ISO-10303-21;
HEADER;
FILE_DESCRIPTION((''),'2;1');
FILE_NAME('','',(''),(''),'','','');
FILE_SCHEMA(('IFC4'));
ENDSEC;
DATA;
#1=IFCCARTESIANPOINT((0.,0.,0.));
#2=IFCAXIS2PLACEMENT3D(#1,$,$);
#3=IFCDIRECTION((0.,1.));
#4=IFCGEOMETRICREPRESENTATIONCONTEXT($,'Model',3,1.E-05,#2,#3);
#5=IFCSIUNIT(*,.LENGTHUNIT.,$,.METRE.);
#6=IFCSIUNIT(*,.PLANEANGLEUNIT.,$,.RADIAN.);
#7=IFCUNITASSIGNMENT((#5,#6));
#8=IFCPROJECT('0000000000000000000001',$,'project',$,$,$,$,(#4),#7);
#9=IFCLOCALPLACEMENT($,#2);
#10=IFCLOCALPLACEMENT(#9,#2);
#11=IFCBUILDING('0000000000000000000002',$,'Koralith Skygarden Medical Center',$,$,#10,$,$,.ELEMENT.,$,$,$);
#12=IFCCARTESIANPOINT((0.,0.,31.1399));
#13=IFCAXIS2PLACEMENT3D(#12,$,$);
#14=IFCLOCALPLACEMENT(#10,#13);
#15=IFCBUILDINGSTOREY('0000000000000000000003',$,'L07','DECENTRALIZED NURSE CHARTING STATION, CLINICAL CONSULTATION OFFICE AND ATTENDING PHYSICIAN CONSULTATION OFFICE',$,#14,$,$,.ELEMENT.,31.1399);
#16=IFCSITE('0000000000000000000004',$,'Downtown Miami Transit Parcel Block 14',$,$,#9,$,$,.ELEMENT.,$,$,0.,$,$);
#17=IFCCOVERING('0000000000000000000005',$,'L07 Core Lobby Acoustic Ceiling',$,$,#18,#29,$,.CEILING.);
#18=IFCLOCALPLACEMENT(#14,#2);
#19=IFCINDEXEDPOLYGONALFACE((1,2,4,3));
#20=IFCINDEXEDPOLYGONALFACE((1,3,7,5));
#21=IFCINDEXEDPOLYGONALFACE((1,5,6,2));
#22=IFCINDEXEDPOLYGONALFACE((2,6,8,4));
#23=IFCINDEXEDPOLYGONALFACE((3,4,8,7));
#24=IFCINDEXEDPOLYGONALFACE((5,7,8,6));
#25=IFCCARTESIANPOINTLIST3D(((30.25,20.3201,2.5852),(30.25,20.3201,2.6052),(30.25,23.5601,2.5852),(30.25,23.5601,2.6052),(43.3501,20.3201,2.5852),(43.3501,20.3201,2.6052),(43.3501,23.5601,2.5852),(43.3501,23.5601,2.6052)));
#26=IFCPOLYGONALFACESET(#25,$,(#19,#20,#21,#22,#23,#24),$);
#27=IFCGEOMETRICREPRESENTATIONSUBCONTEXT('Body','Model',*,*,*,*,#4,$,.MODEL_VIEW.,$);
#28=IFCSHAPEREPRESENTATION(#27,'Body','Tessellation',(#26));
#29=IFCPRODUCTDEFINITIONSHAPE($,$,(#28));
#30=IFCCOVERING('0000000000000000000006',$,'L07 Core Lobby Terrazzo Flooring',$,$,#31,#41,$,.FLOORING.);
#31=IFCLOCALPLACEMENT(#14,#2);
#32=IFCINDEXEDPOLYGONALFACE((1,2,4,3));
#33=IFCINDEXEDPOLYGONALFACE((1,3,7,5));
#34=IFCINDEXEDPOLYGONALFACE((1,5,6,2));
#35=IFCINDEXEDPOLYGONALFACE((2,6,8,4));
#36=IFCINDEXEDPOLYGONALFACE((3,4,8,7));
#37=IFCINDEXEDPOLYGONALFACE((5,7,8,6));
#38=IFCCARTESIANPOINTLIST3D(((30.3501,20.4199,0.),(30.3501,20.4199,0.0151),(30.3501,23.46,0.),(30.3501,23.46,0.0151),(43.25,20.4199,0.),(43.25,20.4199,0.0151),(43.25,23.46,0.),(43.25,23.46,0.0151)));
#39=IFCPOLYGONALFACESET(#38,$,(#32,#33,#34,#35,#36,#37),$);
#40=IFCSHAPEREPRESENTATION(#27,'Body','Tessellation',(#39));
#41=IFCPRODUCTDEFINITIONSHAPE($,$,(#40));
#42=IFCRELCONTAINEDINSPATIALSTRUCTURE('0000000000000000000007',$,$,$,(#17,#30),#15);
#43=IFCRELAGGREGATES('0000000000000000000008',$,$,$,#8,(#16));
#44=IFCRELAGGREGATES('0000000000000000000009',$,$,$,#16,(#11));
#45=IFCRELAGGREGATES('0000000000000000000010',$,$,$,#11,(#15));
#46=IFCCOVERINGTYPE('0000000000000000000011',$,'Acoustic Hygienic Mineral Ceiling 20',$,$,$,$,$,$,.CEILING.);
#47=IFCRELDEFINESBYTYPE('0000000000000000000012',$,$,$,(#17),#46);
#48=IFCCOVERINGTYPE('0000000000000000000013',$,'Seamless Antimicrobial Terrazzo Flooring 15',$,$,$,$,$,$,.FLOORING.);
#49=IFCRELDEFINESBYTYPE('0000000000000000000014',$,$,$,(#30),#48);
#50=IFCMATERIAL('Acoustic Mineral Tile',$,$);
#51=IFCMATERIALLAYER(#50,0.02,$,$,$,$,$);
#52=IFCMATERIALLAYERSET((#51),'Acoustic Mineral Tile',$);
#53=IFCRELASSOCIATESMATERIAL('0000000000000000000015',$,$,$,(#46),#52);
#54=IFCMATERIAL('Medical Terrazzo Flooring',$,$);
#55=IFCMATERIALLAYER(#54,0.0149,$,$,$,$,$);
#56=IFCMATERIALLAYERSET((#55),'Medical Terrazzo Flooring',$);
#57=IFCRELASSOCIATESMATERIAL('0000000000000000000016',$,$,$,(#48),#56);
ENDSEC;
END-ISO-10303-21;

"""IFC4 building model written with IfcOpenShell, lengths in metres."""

from ifc_helpers import new_model, si_unit, direction, frame, origin, place, context, subcontext, project, spatial, polyline, outline, extrude, material, layer, layer_set, type_object, element, save


model = new_model("IFC4")

# Units and contexts
model_context = context("Model", 3, precision=1e-05, world=origin(), true_north=direction((0.0, 1.0)))
body_context = subcontext(model_context, "Body", "Model", "MODEL_VIEW")
ifc_project = project(units=[si_unit("LENGTHUNIT", "METRE"), si_unit("PLANEANGLEUNIT", "RADIAN")], contexts=[model_context])

# Site, building, storey
site_placement = place(None, origin())
site = spatial("IfcSite", under=ifc_project, at=site_placement, Name="Downtown Miami Transit Parcel Block 14", CompositionType="ELEMENT", RefElevation=0.0)
building_placement = place(site_placement, origin())
building = spatial("IfcBuilding", under=site, at=building_placement, Name="Koralith Skygarden Medical Center", CompositionType="ELEMENT")
storey_placement = place(building_placement, frame((0.0, 0.0, 31.1399)))
storey = spatial("IfcBuildingStorey", under=building, at=storey_placement, Name="L07", Description="DECENTRALIZED NURSE CHARTING STATION, CLINICAL CONSULTATION OFFICE AND ATTENDING PHYSICIAN CONSULTATION OFFICE", CompositionType="ELEMENT", Elevation=31.1399)

# Coverings
ifc_material_1 = material(Name="Acoustic Mineral Tile")
ifc_layer_1 = layer(ifc_material_1, 0.02)
ifc_layer_set_1 = layer_set([ifc_layer_1], Name="Acoustic Mineral Tile")
covering_type_1 = type_object("IfcCoveringType", Name="Acoustic Hygienic Mineral Ceiling 20", PredefinedType="CEILING", material=ifc_layer_set_1)
covering_1_placement = place(storey_placement, frame((0.0, 0.0, 2.5852)))
element("IfcCovering", 1, at=covering_1_placement, inside=storey, type_object=covering_type_1, Name="L07 Core Lobby Acoustic Ceiling", PredefinedType="CEILING", context=body_context, shape_type="SweptSolid", body=[
    extrude(outline(polyline([(30.25, 20.3201), (43.3501, 20.3201), (43.3501, 23.5601), (30.25, 23.5601), (30.25, 20.3201)])), origin(), (0.0, 0.0, 1.0), 0.02),
])
ifc_material_2 = material(Name="Medical Terrazzo Flooring")
ifc_layer_2 = layer(ifc_material_2, 0.0149)
ifc_layer_set_2 = layer_set([ifc_layer_2], Name="Medical Terrazzo Flooring")
covering_type_2 = type_object("IfcCoveringType", Name="Seamless Antimicrobial Terrazzo Flooring 15", PredefinedType="FLOORING", material=ifc_layer_set_2)
covering_2_placement = place(storey_placement, origin())
element("IfcCovering", 2, at=covering_2_placement, inside=storey, type_object=covering_type_2, Name="L07 Core Lobby Terrazzo Flooring", PredefinedType="FLOORING", context=body_context, shape_type="SweptSolid", body=[
    extrude(outline(polyline([(30.3501, 20.4199), (43.25, 20.4199), (43.25, 23.46), (30.3501, 23.46), (30.3501, 20.4199)])), origin(), (0.0, 0.0, 1.0), 0.0151),
])

save(model, "model.ifc")
